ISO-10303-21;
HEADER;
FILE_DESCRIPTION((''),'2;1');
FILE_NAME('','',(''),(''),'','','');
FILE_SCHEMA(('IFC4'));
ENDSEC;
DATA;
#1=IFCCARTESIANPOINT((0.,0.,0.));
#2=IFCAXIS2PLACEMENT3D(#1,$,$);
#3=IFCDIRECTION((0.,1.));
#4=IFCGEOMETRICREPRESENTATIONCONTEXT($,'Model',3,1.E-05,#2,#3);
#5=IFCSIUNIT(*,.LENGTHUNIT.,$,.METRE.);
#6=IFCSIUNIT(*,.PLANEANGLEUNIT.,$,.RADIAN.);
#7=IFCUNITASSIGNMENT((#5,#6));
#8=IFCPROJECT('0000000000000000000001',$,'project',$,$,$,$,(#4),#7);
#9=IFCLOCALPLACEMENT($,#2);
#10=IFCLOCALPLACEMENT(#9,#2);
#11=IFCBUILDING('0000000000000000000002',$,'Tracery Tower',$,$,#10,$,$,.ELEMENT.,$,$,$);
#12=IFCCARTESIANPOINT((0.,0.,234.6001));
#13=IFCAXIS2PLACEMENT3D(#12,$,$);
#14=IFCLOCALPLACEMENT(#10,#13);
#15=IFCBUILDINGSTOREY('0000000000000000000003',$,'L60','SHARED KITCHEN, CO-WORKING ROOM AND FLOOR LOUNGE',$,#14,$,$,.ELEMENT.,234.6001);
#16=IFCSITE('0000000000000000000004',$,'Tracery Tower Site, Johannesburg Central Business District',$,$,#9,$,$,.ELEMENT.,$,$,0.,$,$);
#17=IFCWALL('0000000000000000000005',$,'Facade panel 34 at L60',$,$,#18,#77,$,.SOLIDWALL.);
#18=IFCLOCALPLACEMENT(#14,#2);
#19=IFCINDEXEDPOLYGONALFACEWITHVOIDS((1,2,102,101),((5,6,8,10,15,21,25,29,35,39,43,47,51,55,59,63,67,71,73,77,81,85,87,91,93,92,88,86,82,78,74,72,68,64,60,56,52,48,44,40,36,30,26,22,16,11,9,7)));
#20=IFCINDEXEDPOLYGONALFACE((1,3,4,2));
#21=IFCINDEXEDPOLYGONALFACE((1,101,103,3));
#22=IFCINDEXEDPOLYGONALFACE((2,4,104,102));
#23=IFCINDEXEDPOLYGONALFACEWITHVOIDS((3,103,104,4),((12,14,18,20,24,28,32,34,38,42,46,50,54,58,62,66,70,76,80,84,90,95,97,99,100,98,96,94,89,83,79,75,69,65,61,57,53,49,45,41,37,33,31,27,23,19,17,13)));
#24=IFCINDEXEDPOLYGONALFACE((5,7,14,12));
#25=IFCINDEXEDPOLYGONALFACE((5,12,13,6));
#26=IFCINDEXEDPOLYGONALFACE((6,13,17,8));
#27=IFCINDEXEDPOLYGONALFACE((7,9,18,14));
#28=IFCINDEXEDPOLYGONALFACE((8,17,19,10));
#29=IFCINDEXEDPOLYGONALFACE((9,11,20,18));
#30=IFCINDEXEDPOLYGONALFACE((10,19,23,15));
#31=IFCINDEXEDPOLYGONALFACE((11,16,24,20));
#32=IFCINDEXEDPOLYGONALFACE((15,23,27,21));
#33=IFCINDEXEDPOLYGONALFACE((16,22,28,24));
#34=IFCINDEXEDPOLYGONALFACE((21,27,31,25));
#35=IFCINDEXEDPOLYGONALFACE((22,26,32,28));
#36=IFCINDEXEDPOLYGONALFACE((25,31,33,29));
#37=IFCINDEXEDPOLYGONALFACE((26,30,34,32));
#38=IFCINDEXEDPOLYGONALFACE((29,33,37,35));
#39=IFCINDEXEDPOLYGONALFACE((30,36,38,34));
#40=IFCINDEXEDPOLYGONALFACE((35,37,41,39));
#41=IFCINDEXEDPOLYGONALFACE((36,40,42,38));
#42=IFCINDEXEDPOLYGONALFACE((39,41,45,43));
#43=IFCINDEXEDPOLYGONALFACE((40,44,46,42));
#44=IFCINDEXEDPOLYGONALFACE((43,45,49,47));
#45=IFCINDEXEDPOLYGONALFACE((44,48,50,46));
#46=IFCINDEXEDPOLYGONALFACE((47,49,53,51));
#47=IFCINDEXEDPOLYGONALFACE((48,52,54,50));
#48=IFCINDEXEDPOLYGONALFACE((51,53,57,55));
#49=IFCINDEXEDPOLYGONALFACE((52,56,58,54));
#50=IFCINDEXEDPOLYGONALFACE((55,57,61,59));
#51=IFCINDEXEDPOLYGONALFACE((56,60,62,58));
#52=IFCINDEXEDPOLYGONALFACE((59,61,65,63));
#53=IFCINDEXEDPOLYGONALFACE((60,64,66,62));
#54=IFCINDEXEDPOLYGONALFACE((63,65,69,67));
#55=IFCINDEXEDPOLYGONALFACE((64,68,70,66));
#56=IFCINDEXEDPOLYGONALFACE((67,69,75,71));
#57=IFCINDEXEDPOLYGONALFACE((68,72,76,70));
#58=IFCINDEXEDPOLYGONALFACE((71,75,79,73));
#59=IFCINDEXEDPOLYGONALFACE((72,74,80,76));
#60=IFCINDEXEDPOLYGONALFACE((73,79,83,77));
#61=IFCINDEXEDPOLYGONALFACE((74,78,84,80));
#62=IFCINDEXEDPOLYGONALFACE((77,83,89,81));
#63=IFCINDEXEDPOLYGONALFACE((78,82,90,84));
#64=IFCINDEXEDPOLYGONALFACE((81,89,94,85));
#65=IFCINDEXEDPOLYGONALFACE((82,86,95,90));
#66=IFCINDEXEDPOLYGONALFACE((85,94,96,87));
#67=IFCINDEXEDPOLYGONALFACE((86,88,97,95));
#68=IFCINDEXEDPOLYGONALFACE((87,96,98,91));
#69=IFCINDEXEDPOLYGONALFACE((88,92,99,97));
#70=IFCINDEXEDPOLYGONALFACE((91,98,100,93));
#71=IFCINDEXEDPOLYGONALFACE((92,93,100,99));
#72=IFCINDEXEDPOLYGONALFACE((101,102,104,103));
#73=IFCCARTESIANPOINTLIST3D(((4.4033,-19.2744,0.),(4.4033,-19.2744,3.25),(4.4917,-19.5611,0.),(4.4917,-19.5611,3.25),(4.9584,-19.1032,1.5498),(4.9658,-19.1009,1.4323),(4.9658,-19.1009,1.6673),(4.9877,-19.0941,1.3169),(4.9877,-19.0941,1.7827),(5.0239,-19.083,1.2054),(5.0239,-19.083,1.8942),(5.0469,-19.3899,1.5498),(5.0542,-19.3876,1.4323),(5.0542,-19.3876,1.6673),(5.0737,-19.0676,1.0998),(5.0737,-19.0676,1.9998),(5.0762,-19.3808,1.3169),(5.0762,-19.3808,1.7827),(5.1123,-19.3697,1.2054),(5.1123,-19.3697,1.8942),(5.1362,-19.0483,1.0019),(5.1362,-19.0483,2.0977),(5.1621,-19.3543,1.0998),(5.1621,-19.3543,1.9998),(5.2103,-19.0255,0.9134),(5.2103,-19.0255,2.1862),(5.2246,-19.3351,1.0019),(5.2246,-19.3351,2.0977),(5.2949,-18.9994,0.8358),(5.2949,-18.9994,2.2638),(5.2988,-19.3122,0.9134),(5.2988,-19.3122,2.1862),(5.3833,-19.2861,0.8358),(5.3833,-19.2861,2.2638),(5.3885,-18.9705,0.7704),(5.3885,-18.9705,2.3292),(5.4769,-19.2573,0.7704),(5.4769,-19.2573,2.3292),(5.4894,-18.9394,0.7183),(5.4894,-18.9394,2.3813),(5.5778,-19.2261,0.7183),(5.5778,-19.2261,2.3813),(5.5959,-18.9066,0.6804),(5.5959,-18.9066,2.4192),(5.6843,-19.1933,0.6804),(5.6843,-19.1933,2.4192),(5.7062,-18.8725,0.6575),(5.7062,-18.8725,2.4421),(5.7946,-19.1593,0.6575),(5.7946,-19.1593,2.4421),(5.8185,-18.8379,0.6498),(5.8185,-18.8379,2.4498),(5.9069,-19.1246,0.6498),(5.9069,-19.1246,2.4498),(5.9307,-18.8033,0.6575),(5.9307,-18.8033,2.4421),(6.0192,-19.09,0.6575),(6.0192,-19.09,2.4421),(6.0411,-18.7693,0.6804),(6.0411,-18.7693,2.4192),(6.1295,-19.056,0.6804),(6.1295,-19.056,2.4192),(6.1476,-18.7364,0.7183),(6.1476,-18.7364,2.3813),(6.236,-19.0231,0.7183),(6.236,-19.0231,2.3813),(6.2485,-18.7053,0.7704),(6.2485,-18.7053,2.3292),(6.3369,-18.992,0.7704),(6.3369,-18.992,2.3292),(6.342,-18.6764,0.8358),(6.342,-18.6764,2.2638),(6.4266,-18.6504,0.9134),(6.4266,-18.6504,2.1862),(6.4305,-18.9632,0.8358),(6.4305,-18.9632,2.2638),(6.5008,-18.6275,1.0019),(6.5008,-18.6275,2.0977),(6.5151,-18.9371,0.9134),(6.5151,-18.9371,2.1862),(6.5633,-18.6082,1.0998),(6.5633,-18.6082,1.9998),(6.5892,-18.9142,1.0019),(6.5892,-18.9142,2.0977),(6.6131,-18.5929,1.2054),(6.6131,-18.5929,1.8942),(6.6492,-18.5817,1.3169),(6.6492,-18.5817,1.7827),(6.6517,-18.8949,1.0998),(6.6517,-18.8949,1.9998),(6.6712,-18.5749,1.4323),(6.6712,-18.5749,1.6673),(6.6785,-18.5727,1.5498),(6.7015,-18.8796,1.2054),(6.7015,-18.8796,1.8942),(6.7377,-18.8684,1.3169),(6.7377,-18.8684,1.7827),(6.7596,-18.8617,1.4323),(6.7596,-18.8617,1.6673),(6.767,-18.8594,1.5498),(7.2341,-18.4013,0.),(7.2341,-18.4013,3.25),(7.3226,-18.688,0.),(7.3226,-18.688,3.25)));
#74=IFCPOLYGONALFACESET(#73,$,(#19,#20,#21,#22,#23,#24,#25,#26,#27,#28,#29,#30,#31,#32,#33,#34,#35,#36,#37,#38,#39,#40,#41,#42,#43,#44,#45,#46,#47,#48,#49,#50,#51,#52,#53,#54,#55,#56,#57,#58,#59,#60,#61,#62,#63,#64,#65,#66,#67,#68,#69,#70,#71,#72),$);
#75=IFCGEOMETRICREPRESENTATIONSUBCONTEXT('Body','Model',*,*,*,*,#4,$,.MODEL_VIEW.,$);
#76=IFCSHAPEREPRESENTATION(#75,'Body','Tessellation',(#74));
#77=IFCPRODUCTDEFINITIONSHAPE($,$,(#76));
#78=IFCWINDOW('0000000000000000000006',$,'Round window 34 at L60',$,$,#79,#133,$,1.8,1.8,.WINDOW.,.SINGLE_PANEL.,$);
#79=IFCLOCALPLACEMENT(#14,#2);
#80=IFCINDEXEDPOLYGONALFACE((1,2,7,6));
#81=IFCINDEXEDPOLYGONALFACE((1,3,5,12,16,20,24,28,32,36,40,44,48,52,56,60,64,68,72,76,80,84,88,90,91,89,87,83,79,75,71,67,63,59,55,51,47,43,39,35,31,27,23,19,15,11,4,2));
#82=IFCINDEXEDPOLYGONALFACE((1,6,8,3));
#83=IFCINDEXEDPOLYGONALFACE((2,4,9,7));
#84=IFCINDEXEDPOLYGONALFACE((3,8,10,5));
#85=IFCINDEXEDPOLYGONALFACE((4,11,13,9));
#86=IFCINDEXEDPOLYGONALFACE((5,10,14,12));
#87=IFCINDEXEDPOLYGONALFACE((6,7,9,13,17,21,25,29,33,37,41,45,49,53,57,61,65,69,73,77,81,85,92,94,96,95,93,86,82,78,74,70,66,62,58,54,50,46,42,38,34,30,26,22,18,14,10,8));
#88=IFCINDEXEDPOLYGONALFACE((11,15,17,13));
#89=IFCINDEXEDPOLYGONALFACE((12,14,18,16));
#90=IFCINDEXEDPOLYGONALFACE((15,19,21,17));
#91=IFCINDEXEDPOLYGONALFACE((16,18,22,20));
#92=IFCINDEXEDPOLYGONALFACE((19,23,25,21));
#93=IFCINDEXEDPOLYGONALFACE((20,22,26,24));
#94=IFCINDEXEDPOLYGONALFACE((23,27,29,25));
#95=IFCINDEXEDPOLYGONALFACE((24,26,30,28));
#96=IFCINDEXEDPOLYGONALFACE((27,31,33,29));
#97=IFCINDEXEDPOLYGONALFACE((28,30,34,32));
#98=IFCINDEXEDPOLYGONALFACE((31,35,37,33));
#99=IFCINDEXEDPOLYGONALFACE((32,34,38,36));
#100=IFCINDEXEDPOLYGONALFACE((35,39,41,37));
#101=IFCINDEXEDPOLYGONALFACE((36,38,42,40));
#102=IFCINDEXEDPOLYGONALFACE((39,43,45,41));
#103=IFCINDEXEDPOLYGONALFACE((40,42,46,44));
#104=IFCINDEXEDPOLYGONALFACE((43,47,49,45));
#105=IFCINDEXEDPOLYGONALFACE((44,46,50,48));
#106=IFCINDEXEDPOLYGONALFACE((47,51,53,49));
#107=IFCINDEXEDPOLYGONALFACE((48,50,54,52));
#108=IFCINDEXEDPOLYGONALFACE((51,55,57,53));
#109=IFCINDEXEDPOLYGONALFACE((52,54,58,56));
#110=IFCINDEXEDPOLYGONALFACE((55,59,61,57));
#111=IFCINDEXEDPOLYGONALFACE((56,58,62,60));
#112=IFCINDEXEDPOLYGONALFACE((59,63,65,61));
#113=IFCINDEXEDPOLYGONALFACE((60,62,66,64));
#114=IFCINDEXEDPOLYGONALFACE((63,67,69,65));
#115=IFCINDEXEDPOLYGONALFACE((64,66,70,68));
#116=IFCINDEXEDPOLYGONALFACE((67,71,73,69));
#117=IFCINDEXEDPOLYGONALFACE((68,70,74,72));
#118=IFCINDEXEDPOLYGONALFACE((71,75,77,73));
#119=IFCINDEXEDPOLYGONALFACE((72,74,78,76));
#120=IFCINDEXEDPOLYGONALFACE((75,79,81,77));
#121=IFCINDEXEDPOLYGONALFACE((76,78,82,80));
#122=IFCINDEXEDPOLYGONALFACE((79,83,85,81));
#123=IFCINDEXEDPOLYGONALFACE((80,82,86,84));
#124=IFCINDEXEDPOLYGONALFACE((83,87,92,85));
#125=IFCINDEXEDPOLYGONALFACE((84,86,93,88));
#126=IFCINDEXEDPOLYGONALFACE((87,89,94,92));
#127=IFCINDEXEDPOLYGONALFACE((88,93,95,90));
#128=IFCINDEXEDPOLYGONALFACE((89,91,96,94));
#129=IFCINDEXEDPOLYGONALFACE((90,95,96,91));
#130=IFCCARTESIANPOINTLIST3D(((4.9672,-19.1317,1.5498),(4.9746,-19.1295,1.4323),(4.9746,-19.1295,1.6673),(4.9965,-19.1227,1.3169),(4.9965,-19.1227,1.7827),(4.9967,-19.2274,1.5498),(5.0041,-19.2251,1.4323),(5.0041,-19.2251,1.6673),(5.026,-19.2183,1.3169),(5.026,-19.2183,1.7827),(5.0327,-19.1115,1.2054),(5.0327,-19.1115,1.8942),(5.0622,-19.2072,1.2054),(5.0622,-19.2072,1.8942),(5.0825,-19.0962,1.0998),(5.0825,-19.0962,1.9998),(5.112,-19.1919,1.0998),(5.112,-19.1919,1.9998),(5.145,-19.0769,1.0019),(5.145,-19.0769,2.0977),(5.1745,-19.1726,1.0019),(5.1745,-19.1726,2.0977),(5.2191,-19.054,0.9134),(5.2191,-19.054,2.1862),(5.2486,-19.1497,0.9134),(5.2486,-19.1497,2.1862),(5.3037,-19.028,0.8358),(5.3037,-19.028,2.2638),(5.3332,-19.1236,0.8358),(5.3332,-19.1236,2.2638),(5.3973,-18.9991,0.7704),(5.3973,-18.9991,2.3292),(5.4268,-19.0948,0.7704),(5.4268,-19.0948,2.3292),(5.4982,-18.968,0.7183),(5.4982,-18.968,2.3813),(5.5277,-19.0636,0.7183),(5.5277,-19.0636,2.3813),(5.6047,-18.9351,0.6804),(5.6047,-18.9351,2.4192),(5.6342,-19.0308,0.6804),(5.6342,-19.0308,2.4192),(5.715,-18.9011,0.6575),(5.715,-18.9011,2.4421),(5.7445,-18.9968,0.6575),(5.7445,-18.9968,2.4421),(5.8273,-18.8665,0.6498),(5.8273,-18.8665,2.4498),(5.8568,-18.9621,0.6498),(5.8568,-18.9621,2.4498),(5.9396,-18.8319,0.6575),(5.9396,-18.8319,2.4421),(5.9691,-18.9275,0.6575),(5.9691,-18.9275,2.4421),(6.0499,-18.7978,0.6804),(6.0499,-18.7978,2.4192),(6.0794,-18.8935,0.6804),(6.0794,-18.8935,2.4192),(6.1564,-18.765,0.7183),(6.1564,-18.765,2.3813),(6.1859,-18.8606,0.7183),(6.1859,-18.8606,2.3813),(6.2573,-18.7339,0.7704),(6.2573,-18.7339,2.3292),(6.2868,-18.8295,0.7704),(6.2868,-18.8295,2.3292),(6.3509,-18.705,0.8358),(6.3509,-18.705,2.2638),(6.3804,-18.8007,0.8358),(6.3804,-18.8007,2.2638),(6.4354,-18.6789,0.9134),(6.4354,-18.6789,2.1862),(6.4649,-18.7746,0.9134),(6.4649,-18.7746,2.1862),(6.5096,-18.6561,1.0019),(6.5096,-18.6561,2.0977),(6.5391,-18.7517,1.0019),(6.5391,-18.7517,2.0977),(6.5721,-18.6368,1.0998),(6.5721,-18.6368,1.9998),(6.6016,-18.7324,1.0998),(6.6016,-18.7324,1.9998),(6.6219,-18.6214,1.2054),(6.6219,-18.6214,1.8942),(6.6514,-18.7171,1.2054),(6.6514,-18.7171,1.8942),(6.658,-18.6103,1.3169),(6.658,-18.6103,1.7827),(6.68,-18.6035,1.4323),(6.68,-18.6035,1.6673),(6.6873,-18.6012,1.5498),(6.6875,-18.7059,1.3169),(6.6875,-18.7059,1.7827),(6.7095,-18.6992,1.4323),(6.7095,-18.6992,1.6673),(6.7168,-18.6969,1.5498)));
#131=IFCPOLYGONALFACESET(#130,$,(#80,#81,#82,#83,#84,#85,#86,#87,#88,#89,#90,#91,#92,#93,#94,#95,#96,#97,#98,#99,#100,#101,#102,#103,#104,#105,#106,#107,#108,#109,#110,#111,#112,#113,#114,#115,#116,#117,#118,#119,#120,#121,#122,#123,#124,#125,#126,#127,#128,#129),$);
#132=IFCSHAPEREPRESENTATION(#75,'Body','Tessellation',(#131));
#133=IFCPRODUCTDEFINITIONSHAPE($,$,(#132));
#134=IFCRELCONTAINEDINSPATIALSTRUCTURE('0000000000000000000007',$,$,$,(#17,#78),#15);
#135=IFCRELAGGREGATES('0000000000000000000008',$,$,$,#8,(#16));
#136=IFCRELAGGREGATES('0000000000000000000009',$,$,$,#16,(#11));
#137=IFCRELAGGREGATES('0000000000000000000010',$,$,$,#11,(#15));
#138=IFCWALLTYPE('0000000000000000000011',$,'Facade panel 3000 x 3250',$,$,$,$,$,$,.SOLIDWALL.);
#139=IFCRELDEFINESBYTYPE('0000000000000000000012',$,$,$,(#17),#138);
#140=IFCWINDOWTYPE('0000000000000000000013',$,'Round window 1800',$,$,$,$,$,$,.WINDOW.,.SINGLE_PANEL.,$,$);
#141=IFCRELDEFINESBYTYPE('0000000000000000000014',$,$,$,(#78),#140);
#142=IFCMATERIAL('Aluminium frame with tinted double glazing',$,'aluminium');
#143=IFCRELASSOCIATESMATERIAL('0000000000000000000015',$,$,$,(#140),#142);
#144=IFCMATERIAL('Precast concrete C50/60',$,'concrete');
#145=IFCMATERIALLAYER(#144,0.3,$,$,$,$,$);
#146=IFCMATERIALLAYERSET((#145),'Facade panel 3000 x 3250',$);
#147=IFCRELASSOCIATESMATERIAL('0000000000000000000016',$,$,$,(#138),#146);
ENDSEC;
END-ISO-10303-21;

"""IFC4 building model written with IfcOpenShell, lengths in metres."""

from ifc_helpers import new_model, si_unit, direction, frame, frame_2d, origin, origin_2d, place, context, subcontext, project, spatial, rectangle, circle, extrude, material, layer, layer_set, type_object, element, fill, save


model = new_model("IFC4")

# Units and contexts
model_context = context("Model", 3, precision=1e-05, world=origin(), true_north=direction((0.0, 1.0)))
body_context = subcontext(model_context, "Body", "Model", "MODEL_VIEW")
ifc_project = project(units=[si_unit("LENGTHUNIT", "METRE"), si_unit("PLANEANGLEUNIT", "RADIAN")], contexts=[model_context])

# Site, building, storey
site_placement = place(None, origin())
site = spatial("IfcSite", under=ifc_project, at=site_placement, Name="Tracery Tower Site, Johannesburg Central Business District", CompositionType="ELEMENT", RefElevation=0.0)
building_placement = place(site_placement, origin())
building = spatial("IfcBuilding", under=site, at=building_placement, Name="Tracery Tower", CompositionType="ELEMENT")
storey_placement = place(building_placement, frame((0.0, 0.0, 234.6001)))
storey = spatial("IfcBuildingStorey", under=building, at=storey_placement, Name="L60", Description="SHARED KITCHEN, CO-WORKING ROOM AND FLOOR LOUNGE", CompositionType="ELEMENT", Elevation=234.6001)

# Wall, opening, window
ifc_material_1 = material(Name="Aluminium frame with tinted double glazing", Category="aluminium")
window_type = type_object("IfcWindowType", Name="Round window 1800", PartitioningType="SINGLE_PANEL", PredefinedType="WINDOW", material=ifc_material_1)
ifc_material_2 = material(Name="Precast concrete C50/60", Category="concrete")
ifc_layer_1 = layer(ifc_material_2, 0.3)
ifc_layer_set_1 = layer_set([ifc_layer_1], Name="Facade panel 3000 x 3250")
wall_type_1 = type_object("IfcWallType", Name="Facade panel 3000 x 3250", PredefinedType="SOLIDWALL", material=ifc_layer_set_1)
wall_1_placement = place(storey_placement, frame((4.4475, -19.4177, 0.0), z_axis=(0.0, 0.0, 1.0), x_axis=(0.955586, 0.294711, 0.0)))
wall_1 = element("IfcWall", 1, at=wall_1_placement, inside=storey, type_object=wall_type_1, Name="Facade panel 34 at L60", PredefinedType="SOLIDWALL", context=body_context, shape_type="SweptSolid", body=[
    extrude(rectangle(XDim=2.9624, YDim=0.3, at=frame_2d((1.4812, 0.0))), origin(), (0.0, 0.0, 1.0), 3.25),
])
opening_1_placement = place(wall_1_placement, frame((1.481, 0.0, 1.5498)))
opening_1 = element("IfcOpeningElement", 2, at=opening_1_placement, cuts=wall_1, PredefinedType="OPENING", context=body_context, shape_type="SweptSolid", body=[
    extrude(circle(Radius=0.9, at=origin_2d()), frame((0.0, 0.1599, 0.0), z_axis=(0.0, -1.0, 0.0), x_axis=(1.0, 0.0, 0.0)), (0.0, 0.0, 1.0), 0.3201),
])
window_1_placement = place(opening_1_placement, origin())
window_1 = element("IfcWindow", 3, at=window_1_placement, inside=storey, type_object=window_type, Name="Round window 34 at L60", OverallHeight=1.8, OverallWidth=1.8, PartitioningType="SINGLE_PANEL", PredefinedType="WINDOW", context=body_context, shape_type="SweptSolid", body=[
    extrude(circle(Radius=0.9, at=origin_2d()), frame((0.0, 0.1201, 0.0), z_axis=(0.0, -1.0, 0.0), x_axis=(1.0, 0.0, 0.0)), (0.0, 0.0, 1.0), 0.1001),
])
fill(opening_1, window_1)

save(model, "model.ifc")
